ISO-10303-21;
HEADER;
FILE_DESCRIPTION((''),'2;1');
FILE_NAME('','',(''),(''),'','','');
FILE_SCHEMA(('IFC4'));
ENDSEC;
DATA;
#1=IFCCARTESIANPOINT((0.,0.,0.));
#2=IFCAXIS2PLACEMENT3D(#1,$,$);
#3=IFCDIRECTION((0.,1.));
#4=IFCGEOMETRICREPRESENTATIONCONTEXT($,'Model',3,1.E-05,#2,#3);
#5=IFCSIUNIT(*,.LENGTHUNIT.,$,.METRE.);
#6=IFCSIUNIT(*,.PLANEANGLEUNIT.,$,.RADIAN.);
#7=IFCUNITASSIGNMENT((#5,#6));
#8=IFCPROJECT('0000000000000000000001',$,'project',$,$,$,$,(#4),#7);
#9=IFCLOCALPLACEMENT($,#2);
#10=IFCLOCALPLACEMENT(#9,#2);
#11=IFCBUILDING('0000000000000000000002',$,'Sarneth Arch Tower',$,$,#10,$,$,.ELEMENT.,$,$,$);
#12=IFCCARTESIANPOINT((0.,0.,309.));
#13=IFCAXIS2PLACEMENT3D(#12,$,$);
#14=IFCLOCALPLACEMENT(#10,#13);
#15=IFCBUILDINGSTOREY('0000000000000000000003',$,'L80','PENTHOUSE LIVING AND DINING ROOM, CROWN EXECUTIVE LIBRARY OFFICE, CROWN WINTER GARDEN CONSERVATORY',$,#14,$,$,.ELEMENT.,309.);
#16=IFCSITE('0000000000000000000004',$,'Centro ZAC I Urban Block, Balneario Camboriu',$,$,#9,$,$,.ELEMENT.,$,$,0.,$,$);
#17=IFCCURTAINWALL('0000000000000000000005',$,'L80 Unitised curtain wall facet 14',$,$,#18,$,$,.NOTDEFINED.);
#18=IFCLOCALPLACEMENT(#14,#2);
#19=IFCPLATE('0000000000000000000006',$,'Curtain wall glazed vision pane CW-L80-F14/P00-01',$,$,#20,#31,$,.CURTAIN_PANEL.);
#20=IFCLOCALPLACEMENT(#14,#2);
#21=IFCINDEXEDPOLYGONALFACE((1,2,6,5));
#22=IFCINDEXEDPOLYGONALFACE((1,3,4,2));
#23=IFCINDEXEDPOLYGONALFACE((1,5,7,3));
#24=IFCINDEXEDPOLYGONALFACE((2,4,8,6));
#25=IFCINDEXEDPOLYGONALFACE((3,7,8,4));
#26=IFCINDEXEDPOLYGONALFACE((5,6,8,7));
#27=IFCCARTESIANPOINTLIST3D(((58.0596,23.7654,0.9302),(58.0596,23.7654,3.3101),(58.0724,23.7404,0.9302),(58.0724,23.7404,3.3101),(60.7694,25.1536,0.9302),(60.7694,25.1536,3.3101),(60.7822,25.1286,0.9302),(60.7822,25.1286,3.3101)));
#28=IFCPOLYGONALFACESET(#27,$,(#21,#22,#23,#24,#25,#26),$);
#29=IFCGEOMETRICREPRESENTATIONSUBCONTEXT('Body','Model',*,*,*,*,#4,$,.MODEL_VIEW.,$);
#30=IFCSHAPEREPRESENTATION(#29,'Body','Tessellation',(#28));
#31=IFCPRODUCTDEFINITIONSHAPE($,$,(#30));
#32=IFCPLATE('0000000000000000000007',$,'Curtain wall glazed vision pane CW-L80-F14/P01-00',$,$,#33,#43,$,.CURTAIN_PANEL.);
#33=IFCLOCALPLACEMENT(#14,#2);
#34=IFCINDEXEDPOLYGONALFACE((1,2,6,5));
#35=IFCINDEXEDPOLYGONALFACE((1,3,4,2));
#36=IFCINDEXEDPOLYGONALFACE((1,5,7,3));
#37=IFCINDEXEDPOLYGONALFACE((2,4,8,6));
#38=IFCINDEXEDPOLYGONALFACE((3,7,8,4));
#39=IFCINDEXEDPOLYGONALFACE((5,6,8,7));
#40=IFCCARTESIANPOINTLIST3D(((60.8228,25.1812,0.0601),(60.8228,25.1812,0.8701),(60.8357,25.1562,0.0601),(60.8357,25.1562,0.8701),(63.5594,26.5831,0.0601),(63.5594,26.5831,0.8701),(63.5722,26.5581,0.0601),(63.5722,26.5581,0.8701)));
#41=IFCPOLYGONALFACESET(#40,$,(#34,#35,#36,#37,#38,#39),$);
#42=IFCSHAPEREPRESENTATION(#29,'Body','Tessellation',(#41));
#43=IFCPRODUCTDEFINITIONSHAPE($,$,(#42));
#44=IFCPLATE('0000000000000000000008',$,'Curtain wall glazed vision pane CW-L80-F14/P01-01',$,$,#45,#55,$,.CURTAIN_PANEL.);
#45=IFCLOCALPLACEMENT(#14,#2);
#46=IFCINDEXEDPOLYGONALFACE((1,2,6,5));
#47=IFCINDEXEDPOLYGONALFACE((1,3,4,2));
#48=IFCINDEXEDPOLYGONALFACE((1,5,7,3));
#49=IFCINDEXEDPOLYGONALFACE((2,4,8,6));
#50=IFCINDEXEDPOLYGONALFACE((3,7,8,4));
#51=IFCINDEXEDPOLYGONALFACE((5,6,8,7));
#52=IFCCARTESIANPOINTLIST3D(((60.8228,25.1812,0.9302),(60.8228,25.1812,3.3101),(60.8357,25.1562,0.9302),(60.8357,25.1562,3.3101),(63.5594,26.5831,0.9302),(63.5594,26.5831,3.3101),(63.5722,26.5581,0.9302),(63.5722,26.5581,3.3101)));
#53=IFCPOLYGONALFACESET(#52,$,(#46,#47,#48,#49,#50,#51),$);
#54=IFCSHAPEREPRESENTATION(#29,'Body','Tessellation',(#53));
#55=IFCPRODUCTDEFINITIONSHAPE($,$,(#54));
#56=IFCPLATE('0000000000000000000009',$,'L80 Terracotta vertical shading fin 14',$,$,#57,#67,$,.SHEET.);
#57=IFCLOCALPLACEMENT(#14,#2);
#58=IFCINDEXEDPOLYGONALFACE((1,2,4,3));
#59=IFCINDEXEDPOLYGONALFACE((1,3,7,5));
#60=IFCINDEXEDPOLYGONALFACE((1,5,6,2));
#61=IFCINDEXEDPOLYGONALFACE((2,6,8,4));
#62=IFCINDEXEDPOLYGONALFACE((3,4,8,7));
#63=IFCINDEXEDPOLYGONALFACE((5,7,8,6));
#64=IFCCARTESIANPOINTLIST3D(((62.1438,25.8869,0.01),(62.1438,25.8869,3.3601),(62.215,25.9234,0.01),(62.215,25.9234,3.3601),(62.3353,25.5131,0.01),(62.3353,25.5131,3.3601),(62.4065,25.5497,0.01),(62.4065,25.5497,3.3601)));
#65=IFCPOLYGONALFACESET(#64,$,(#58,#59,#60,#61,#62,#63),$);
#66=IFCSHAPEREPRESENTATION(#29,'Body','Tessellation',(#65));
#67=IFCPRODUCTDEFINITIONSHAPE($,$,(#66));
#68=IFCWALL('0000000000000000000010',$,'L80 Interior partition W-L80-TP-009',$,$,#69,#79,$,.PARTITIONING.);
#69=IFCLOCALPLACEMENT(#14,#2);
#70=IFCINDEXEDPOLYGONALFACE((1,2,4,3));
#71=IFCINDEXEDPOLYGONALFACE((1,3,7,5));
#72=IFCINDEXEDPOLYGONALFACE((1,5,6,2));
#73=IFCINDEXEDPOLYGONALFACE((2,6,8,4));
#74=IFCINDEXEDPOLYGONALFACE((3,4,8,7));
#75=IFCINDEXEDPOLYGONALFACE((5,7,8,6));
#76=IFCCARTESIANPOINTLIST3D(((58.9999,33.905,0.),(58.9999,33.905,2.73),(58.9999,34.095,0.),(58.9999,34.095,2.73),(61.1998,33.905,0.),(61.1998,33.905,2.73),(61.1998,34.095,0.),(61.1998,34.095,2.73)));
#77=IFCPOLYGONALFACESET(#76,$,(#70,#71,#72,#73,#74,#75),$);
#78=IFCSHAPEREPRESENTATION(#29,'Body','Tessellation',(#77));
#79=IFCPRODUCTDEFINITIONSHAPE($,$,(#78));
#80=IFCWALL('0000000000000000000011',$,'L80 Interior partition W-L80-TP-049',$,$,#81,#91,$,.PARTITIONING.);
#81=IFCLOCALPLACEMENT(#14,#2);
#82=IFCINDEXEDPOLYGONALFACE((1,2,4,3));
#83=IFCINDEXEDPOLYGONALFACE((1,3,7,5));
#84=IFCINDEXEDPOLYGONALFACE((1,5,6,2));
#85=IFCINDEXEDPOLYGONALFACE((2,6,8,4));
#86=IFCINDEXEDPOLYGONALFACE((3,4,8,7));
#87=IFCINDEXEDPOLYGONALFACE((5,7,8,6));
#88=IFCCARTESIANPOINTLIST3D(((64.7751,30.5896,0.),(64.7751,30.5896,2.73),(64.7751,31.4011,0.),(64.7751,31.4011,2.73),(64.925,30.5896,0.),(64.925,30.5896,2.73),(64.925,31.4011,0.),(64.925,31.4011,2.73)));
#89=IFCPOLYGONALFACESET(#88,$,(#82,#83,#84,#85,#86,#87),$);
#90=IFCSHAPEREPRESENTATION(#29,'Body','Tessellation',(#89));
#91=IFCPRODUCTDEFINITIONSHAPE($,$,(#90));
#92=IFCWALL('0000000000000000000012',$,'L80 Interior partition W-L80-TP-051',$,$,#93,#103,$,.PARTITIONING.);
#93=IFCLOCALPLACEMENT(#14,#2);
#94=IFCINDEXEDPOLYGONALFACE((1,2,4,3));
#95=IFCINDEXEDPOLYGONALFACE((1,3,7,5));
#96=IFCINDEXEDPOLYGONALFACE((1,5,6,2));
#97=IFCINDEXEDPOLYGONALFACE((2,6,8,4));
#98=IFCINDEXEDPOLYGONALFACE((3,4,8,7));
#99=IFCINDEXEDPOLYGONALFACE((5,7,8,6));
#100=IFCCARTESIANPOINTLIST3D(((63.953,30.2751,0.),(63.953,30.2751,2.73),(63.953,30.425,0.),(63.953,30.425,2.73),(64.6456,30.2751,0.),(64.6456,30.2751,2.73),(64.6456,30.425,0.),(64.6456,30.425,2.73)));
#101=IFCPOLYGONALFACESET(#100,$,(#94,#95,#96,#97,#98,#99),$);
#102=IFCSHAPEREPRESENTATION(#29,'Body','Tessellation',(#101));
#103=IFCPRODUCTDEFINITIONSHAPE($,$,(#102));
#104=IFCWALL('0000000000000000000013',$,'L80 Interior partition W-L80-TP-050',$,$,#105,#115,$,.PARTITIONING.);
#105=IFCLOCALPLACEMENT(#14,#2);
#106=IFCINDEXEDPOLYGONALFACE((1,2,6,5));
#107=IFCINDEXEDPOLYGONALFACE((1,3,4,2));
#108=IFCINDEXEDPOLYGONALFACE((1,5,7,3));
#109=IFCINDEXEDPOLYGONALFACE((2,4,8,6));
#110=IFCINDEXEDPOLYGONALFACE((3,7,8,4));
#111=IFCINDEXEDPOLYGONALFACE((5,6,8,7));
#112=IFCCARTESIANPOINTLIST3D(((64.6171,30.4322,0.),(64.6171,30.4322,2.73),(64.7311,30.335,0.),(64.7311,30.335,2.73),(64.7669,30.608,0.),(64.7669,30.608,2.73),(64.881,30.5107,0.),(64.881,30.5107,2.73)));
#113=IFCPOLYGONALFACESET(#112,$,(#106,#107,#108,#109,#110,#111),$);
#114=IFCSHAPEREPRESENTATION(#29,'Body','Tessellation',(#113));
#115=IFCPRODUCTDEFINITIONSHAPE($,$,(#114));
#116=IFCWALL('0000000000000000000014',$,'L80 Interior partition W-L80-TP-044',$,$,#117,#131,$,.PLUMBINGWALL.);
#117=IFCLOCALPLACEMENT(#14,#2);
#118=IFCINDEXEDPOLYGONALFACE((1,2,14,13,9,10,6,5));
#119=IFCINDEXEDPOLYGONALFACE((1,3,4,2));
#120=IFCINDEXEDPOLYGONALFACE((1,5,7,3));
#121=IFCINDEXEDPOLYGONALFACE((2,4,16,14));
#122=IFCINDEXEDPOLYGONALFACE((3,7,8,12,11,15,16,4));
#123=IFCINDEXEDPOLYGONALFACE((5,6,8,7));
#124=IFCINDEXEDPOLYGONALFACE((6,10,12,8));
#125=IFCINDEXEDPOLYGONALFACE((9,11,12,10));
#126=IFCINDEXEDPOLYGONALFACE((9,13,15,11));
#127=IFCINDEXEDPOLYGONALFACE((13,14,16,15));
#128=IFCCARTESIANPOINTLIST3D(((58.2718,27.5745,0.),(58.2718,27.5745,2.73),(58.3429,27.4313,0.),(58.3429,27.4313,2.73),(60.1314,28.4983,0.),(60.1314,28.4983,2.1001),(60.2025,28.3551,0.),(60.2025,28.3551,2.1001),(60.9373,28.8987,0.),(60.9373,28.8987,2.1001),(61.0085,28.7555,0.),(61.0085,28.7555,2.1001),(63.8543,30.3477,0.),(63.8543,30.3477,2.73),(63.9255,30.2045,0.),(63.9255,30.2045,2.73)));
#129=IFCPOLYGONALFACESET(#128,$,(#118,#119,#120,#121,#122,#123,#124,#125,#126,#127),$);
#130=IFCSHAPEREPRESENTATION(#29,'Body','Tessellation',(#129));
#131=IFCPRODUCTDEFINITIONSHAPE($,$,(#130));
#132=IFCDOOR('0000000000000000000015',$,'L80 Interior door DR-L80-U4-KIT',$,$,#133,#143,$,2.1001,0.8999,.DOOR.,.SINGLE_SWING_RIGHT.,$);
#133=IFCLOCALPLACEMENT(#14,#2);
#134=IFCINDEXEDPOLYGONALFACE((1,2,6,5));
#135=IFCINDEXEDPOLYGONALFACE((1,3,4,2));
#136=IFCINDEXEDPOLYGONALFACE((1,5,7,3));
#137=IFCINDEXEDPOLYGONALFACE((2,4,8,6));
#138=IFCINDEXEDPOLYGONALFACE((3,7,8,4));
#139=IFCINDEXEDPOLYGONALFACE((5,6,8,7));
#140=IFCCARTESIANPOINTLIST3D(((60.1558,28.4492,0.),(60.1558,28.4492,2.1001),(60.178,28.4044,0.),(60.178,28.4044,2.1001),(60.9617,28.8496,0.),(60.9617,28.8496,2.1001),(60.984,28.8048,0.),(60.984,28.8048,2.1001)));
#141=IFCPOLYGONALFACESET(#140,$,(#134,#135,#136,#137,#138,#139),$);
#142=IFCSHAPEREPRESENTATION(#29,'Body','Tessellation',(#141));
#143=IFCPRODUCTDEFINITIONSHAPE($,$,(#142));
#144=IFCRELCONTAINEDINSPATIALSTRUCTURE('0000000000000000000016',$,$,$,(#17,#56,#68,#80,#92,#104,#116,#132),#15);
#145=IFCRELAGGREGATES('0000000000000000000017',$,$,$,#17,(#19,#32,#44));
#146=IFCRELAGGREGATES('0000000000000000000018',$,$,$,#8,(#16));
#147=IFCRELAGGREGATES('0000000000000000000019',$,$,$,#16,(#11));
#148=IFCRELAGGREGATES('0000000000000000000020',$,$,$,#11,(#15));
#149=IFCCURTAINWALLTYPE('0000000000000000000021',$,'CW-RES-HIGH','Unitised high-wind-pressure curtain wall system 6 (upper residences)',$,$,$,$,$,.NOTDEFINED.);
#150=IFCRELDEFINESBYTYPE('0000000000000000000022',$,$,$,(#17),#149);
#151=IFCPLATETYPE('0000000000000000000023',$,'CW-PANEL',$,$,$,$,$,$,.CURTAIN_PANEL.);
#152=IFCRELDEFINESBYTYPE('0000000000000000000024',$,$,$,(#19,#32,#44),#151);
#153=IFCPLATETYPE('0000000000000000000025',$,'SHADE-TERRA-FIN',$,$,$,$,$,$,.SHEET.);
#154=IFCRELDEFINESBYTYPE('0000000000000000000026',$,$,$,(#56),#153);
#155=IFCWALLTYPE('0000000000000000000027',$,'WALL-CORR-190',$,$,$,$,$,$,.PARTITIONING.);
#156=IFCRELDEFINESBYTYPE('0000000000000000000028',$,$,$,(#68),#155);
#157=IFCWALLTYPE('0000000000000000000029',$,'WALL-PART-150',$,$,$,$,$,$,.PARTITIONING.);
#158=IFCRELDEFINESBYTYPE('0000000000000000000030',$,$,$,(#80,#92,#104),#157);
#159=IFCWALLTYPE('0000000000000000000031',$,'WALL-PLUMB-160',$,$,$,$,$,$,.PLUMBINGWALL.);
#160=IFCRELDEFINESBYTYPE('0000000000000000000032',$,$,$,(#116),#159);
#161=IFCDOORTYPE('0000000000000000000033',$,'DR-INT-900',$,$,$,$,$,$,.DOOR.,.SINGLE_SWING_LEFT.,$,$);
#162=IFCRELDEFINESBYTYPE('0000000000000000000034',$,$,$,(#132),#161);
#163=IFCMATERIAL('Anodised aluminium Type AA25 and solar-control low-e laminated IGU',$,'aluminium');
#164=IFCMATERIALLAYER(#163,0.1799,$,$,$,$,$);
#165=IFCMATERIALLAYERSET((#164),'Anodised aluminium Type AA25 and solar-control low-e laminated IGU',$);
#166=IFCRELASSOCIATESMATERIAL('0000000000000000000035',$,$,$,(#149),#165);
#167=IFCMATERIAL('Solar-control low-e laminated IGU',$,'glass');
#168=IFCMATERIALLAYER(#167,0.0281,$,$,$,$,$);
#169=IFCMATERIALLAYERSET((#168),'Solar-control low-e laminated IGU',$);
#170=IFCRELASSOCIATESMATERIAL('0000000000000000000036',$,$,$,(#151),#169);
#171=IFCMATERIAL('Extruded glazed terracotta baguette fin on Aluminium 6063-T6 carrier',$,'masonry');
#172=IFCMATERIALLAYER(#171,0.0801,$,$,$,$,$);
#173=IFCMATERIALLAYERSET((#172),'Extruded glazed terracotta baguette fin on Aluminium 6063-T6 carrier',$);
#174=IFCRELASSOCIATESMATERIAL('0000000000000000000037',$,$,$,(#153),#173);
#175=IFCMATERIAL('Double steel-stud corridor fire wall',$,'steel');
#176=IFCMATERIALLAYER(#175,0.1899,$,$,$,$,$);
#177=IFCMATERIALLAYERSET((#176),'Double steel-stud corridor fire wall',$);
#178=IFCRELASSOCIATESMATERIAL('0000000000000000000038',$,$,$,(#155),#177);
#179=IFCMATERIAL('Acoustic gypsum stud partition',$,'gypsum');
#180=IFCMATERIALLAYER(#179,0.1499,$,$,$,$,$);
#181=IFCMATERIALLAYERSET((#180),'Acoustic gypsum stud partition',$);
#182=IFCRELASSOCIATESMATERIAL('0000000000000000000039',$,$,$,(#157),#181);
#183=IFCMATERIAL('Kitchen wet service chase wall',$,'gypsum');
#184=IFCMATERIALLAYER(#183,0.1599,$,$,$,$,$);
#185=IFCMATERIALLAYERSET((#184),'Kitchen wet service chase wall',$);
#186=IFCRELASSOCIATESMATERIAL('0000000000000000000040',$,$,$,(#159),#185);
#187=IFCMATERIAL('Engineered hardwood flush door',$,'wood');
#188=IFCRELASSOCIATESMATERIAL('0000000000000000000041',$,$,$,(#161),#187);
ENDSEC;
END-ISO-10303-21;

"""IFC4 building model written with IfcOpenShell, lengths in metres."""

from ifc_helpers import new_model, si_unit, direction, frame, frame_2d, origin, origin_2d, place, context, subcontext, project, spatial, rectangle, extrude, material, layer, layer_set, type_object, element, fill, aggregate, save


model = new_model("IFC4")

# Units and contexts
model_context = context("Model", 3, precision=1e-05, world=origin(), true_north=direction((0.0, 1.0)))
body_context = subcontext(model_context, "Body", "Model", "MODEL_VIEW")
ifc_project = project(units=[si_unit("LENGTHUNIT", "METRE"), si_unit("PLANEANGLEUNIT", "RADIAN")], contexts=[model_context])

# Site, building, storey
site_placement = place(None, origin())
site = spatial("IfcSite", under=ifc_project, at=site_placement, Name="Centro ZAC I Urban Block, Balneario Camboriu", CompositionType="ELEMENT", RefElevation=0.0)
building_placement = place(site_placement, origin())
building = spatial("IfcBuilding", under=site, at=building_placement, Name="Sarneth Arch Tower", CompositionType="ELEMENT")
storey_placement = place(building_placement, frame((0.0, 0.0, 309.0)))
storey = spatial("IfcBuildingStorey", under=building, at=storey_placement, Name="L80", Description="PENTHOUSE LIVING AND DINING ROOM, CROWN EXECUTIVE LIBRARY OFFICE, CROWN WINTER GARDEN CONSERVATORY", CompositionType="ELEMENT", Elevation=309.0)

# Curtain wall, plates
ifc_material_1 = material(Name="Anodised aluminium Type AA25 and solar-control low-e laminated IGU", Category="aluminium")
ifc_layer_1 = layer(ifc_material_1, 0.1799)
ifc_layer_set_1 = layer_set([ifc_layer_1], Name="Anodised aluminium Type AA25 and solar-control low-e laminated IGU")
curtain_wall_type = type_object("IfcCurtainWallType", Name="CW-RES-HIGH", Description="Unitised high-wind-pressure curtain wall system 6 (upper residences)", PredefinedType="NOTDEFINED", material=ifc_layer_set_1)
curtain_wall_placement = place(storey_placement, origin())
curtain_wall = element("IfcCurtainWall", 1, at=curtain_wall_placement, inside=storey, type_object=curtain_wall_type, Name="L80 Unitised curtain wall facet 14", PredefinedType="NOTDEFINED")
ifc_material_2 = material(Name="Solar-control low-e laminated IGU", Category="glass")
ifc_layer_2 = layer(ifc_material_2, 0.0281)
ifc_layer_set_2 = layer_set([ifc_layer_2], Name="Solar-control low-e laminated IGU")
plate_type_1 = type_object("IfcPlateType", Name="CW-PANEL", PredefinedType="CURTAIN_PANEL", material=ifc_layer_set_2)
plate_1_placement = place(storey_placement, frame((59.4209, 24.447, 0.9302), z_axis=(0.0, 0.0, 1.0), x_axis=(0.89001, 0.455942, 0.0)))
plate_1 = element("IfcPlate", 2, at=plate_1_placement, type_object=plate_type_1, Name="Curtain wall glazed vision pane CW-L80-F14/P00-01", PredefinedType="CURTAIN_PANEL", context=body_context, shape_type="SweptSolid", body=[
    extrude(rectangle(XDim=3.0447, YDim=0.0281, at=origin_2d()), origin(), (0.0, 0.0, 1.0), 2.3799),
])
plate_2_placement = place(storey_placement, frame((62.1975, 25.8696, 0.0601), z_axis=(0.0, 0.0, 1.0), x_axis=(0.89001, 0.455942, 0.0)))
plate_2 = element("IfcPlate", 3, at=plate_2_placement, type_object=plate_type_1, Name="Curtain wall glazed vision pane CW-L80-F14/P01-00", PredefinedType="CURTAIN_PANEL", context=body_context, shape_type="SweptSolid", body=[
    extrude(rectangle(XDim=3.0747, YDim=0.0281, at=origin_2d()), origin(), (0.0, 0.0, 1.0), 0.8101),
])
plate_3_placement = place(storey_placement, frame((62.1975, 25.8696, 0.9302), z_axis=(0.0, 0.0, 1.0), x_axis=(0.89001, 0.455942, 0.0)))
plate_3 = element("IfcPlate", 4, at=plate_3_placement, type_object=plate_type_1, Name="Curtain wall glazed vision pane CW-L80-F14/P01-01", PredefinedType="CURTAIN_PANEL", context=body_context, shape_type="SweptSolid", body=[
    extrude(rectangle(XDim=3.0747, YDim=0.0281, at=origin_2d()), origin(), (0.0, 0.0, 1.0), 2.3799),
])
aggregate(curtain_wall, [plate_1, plate_2, plate_3])

# Plate
ifc_material_3 = material(Name="Extruded glazed terracotta baguette fin on Aluminium 6063-T6 carrier", Category="masonry")
ifc_layer_3 = layer(ifc_material_3, 0.0801)
ifc_layer_set_3 = layer_set([ifc_layer_3], Name="Extruded glazed terracotta baguette fin on Aluminium 6063-T6 carrier")
plate_type_2 = type_object("IfcPlateType", Name="SHADE-TERRA-FIN", PredefinedType="SHEET", material=ifc_layer_set_3)
plate_4_placement = place(storey_placement, frame((62.2751, 25.7183, 0.01), z_axis=(0.0, 0.0, 1.0), x_axis=(0.456011, -0.889974, 0.0)))
element("IfcPlate", 5, at=plate_4_placement, inside=storey, type_object=plate_type_2, Name="L80 Terracotta vertical shading fin 14", PredefinedType="SHEET", context=body_context, shape_type="SweptSolid", body=[
    extrude(rectangle(XDim=0.4199, YDim=0.0801, at=origin_2d()), origin(), (0.0, 0.0, 1.0), 3.3501),
])

# Walls
ifc_material_4 = material(Name="Double steel-stud corridor fire wall", Category="steel")
ifc_layer_4 = layer(ifc_material_4, 0.1899)
ifc_layer_set_4 = layer_set([ifc_layer_4], Name="Double steel-stud corridor fire wall")
wall_type_1 = type_object("IfcWallType", Name="WALL-CORR-190", PredefinedType="PARTITIONING", material=ifc_layer_set_4)
wall_1_placement = place(storey_placement, frame((61.2, 34.0, 0.0), z_axis=(0.0, 0.0, 1.0), x_axis=(-1.0, 0.0, 0.0)))
element("IfcWall", 6, at=wall_1_placement, inside=storey, type_object=wall_type_1, Name="L80 Interior partition W-L80-TP-009", PredefinedType="PARTITIONING", context=body_context, shape_type="SweptSolid", body=[
    extrude(rectangle(XDim=2.2, YDim=0.1899, at=frame_2d((1.1001, 0.0))), origin(), (0.0, 0.0, 1.0), 2.73),
])
ifc_material_5 = material(Name="Acoustic gypsum stud partition", Category="gypsum")
ifc_layer_5 = layer(ifc_material_5, 0.1499)
ifc_layer_set_5 = layer_set([ifc_layer_5], Name="Acoustic gypsum stud partition")
wall_type_2 = type_object("IfcWallType", Name="WALL-PART-150", PredefinedType="PARTITIONING", material=ifc_layer_set_5)
wall_2_placement = place(storey_placement, frame((64.8501, 31.4011, 0.0), z_axis=(0.0, 0.0, 1.0), x_axis=(0.0, -1.0, 0.0)))
element("IfcWall", 7, at=wall_2_placement, inside=storey, type_object=wall_type_2, Name="L80 Interior partition W-L80-TP-049", PredefinedType="PARTITIONING", context=body_context, shape_type="SweptSolid", body=[
    extrude(rectangle(XDim=0.8115, YDim=0.1499, at=frame_2d((0.4058, 0.0))), origin(), (0.0, 0.0, 1.0), 2.73),
])
wall_3_placement = place(storey_placement, frame((64.6455, 30.3501, 0.0), z_axis=(0.0, 0.0, 1.0), x_axis=(-1.0, 0.0, 0.0)))
element("IfcWall", 8, at=wall_3_placement, inside=storey, type_object=wall_type_2, Name="L80 Interior partition W-L80-TP-051", PredefinedType="PARTITIONING", context=body_context, shape_type="SweptSolid", body=[
    extrude(rectangle(XDim=0.6926, YDim=0.1499, at=frame_2d((0.3462, 0.0))), origin(), (0.0, 0.0, 1.0), 2.73),
])
wall_4_placement = place(storey_placement, frame((64.824, 30.5593, 0.0), z_axis=(0.0, 0.0, 1.0), x_axis=(-0.648875, -0.760895, 0.0)))
element("IfcWall", 9, at=wall_4_placement, inside=storey, type_object=wall_type_2, Name="L80 Interior partition W-L80-TP-050", PredefinedType="PARTITIONING", context=body_context, shape_type="SweptSolid", body=[
    extrude(rectangle(XDim=0.231, YDim=0.1499, at=frame_2d((0.1155, 0.0))), origin(), (0.0, 0.0, 1.0), 2.73),
])

# Wall, opening, door
ifc_material_6 = material(Name="Kitchen wet service chase wall", Category="gypsum")
ifc_layer_6 = layer(ifc_material_6, 0.1599)
ifc_layer_set_6 = layer_set([ifc_layer_6], Name="Kitchen wet service chase wall")
wall_type_3 = type_object("IfcWallType", Name="WALL-PLUMB-160", PredefinedType="PLUMBINGWALL", material=ifc_layer_set_6)
wall_5_placement = place(storey_placement, frame((63.8899, 30.2761, 0.0), z_axis=(0.0, 0.0, 1.0), x_axis=(-0.895584, -0.444893, 0.0)))
wall_5 = element("IfcWall", 10, at=wall_5_placement, inside=storey, type_object=wall_type_3, Name="L80 Interior partition W-L80-TP-044", PredefinedType="PLUMBINGWALL", context=body_context, shape_type="SweptSolid", body=[
    extrude(rectangle(XDim=6.2334, YDim=0.1599, at=frame_2d((3.1167, 0.0))), origin(), (0.0, 0.0, 1.0), 2.73),
])
opening_placement = place(wall_5_placement, frame((3.2571, 0.0, 0.0)))
opening = element("IfcOpeningElement", 11, at=opening_placement, cuts=wall_5, PredefinedType="OPENING", context=body_context, shape_type="SweptSolid", body=[
    extrude(rectangle(XDim=0.8999, YDim=2.1001, at=frame_2d((0.45, 1.05))), frame((0.0, 0.0898, 0.0), z_axis=(0.0, -1.0, 0.0), x_axis=(1.0, 0.0, 0.0)), (0.0, 0.0, 1.0), 0.1799),
])
ifc_material_7 = material(Name="Engineered hardwood flush door", Category="wood")
door_type = type_object("IfcDoorType", Name="DR-INT-900", OperationType="SINGLE_SWING_LEFT", PredefinedType="DOOR", material=ifc_material_7)
door_placement = place(opening_placement, origin())
door = element("IfcDoor", 12, at=door_placement, inside=storey, type_object=door_type, Name="L80 Interior door DR-L80-U4-KIT", OperationType="SINGLE_SWING_RIGHT", OverallHeight=2.1001, OverallWidth=0.8999, PredefinedType="DOOR", context=body_context, shape_type="SweptSolid", body=[
    extrude(rectangle(XDim=0.8999, YDim=2.1001, at=frame_2d((0.45, 1.05))), frame((0.0, 0.0249, 0.0), z_axis=(0.0, -1.0, 0.0), x_axis=(1.0, 0.0, 0.0)), (0.0, 0.0, 1.0), 0.05),
])
fill(opening, door)

save(model, "model.ifc")
